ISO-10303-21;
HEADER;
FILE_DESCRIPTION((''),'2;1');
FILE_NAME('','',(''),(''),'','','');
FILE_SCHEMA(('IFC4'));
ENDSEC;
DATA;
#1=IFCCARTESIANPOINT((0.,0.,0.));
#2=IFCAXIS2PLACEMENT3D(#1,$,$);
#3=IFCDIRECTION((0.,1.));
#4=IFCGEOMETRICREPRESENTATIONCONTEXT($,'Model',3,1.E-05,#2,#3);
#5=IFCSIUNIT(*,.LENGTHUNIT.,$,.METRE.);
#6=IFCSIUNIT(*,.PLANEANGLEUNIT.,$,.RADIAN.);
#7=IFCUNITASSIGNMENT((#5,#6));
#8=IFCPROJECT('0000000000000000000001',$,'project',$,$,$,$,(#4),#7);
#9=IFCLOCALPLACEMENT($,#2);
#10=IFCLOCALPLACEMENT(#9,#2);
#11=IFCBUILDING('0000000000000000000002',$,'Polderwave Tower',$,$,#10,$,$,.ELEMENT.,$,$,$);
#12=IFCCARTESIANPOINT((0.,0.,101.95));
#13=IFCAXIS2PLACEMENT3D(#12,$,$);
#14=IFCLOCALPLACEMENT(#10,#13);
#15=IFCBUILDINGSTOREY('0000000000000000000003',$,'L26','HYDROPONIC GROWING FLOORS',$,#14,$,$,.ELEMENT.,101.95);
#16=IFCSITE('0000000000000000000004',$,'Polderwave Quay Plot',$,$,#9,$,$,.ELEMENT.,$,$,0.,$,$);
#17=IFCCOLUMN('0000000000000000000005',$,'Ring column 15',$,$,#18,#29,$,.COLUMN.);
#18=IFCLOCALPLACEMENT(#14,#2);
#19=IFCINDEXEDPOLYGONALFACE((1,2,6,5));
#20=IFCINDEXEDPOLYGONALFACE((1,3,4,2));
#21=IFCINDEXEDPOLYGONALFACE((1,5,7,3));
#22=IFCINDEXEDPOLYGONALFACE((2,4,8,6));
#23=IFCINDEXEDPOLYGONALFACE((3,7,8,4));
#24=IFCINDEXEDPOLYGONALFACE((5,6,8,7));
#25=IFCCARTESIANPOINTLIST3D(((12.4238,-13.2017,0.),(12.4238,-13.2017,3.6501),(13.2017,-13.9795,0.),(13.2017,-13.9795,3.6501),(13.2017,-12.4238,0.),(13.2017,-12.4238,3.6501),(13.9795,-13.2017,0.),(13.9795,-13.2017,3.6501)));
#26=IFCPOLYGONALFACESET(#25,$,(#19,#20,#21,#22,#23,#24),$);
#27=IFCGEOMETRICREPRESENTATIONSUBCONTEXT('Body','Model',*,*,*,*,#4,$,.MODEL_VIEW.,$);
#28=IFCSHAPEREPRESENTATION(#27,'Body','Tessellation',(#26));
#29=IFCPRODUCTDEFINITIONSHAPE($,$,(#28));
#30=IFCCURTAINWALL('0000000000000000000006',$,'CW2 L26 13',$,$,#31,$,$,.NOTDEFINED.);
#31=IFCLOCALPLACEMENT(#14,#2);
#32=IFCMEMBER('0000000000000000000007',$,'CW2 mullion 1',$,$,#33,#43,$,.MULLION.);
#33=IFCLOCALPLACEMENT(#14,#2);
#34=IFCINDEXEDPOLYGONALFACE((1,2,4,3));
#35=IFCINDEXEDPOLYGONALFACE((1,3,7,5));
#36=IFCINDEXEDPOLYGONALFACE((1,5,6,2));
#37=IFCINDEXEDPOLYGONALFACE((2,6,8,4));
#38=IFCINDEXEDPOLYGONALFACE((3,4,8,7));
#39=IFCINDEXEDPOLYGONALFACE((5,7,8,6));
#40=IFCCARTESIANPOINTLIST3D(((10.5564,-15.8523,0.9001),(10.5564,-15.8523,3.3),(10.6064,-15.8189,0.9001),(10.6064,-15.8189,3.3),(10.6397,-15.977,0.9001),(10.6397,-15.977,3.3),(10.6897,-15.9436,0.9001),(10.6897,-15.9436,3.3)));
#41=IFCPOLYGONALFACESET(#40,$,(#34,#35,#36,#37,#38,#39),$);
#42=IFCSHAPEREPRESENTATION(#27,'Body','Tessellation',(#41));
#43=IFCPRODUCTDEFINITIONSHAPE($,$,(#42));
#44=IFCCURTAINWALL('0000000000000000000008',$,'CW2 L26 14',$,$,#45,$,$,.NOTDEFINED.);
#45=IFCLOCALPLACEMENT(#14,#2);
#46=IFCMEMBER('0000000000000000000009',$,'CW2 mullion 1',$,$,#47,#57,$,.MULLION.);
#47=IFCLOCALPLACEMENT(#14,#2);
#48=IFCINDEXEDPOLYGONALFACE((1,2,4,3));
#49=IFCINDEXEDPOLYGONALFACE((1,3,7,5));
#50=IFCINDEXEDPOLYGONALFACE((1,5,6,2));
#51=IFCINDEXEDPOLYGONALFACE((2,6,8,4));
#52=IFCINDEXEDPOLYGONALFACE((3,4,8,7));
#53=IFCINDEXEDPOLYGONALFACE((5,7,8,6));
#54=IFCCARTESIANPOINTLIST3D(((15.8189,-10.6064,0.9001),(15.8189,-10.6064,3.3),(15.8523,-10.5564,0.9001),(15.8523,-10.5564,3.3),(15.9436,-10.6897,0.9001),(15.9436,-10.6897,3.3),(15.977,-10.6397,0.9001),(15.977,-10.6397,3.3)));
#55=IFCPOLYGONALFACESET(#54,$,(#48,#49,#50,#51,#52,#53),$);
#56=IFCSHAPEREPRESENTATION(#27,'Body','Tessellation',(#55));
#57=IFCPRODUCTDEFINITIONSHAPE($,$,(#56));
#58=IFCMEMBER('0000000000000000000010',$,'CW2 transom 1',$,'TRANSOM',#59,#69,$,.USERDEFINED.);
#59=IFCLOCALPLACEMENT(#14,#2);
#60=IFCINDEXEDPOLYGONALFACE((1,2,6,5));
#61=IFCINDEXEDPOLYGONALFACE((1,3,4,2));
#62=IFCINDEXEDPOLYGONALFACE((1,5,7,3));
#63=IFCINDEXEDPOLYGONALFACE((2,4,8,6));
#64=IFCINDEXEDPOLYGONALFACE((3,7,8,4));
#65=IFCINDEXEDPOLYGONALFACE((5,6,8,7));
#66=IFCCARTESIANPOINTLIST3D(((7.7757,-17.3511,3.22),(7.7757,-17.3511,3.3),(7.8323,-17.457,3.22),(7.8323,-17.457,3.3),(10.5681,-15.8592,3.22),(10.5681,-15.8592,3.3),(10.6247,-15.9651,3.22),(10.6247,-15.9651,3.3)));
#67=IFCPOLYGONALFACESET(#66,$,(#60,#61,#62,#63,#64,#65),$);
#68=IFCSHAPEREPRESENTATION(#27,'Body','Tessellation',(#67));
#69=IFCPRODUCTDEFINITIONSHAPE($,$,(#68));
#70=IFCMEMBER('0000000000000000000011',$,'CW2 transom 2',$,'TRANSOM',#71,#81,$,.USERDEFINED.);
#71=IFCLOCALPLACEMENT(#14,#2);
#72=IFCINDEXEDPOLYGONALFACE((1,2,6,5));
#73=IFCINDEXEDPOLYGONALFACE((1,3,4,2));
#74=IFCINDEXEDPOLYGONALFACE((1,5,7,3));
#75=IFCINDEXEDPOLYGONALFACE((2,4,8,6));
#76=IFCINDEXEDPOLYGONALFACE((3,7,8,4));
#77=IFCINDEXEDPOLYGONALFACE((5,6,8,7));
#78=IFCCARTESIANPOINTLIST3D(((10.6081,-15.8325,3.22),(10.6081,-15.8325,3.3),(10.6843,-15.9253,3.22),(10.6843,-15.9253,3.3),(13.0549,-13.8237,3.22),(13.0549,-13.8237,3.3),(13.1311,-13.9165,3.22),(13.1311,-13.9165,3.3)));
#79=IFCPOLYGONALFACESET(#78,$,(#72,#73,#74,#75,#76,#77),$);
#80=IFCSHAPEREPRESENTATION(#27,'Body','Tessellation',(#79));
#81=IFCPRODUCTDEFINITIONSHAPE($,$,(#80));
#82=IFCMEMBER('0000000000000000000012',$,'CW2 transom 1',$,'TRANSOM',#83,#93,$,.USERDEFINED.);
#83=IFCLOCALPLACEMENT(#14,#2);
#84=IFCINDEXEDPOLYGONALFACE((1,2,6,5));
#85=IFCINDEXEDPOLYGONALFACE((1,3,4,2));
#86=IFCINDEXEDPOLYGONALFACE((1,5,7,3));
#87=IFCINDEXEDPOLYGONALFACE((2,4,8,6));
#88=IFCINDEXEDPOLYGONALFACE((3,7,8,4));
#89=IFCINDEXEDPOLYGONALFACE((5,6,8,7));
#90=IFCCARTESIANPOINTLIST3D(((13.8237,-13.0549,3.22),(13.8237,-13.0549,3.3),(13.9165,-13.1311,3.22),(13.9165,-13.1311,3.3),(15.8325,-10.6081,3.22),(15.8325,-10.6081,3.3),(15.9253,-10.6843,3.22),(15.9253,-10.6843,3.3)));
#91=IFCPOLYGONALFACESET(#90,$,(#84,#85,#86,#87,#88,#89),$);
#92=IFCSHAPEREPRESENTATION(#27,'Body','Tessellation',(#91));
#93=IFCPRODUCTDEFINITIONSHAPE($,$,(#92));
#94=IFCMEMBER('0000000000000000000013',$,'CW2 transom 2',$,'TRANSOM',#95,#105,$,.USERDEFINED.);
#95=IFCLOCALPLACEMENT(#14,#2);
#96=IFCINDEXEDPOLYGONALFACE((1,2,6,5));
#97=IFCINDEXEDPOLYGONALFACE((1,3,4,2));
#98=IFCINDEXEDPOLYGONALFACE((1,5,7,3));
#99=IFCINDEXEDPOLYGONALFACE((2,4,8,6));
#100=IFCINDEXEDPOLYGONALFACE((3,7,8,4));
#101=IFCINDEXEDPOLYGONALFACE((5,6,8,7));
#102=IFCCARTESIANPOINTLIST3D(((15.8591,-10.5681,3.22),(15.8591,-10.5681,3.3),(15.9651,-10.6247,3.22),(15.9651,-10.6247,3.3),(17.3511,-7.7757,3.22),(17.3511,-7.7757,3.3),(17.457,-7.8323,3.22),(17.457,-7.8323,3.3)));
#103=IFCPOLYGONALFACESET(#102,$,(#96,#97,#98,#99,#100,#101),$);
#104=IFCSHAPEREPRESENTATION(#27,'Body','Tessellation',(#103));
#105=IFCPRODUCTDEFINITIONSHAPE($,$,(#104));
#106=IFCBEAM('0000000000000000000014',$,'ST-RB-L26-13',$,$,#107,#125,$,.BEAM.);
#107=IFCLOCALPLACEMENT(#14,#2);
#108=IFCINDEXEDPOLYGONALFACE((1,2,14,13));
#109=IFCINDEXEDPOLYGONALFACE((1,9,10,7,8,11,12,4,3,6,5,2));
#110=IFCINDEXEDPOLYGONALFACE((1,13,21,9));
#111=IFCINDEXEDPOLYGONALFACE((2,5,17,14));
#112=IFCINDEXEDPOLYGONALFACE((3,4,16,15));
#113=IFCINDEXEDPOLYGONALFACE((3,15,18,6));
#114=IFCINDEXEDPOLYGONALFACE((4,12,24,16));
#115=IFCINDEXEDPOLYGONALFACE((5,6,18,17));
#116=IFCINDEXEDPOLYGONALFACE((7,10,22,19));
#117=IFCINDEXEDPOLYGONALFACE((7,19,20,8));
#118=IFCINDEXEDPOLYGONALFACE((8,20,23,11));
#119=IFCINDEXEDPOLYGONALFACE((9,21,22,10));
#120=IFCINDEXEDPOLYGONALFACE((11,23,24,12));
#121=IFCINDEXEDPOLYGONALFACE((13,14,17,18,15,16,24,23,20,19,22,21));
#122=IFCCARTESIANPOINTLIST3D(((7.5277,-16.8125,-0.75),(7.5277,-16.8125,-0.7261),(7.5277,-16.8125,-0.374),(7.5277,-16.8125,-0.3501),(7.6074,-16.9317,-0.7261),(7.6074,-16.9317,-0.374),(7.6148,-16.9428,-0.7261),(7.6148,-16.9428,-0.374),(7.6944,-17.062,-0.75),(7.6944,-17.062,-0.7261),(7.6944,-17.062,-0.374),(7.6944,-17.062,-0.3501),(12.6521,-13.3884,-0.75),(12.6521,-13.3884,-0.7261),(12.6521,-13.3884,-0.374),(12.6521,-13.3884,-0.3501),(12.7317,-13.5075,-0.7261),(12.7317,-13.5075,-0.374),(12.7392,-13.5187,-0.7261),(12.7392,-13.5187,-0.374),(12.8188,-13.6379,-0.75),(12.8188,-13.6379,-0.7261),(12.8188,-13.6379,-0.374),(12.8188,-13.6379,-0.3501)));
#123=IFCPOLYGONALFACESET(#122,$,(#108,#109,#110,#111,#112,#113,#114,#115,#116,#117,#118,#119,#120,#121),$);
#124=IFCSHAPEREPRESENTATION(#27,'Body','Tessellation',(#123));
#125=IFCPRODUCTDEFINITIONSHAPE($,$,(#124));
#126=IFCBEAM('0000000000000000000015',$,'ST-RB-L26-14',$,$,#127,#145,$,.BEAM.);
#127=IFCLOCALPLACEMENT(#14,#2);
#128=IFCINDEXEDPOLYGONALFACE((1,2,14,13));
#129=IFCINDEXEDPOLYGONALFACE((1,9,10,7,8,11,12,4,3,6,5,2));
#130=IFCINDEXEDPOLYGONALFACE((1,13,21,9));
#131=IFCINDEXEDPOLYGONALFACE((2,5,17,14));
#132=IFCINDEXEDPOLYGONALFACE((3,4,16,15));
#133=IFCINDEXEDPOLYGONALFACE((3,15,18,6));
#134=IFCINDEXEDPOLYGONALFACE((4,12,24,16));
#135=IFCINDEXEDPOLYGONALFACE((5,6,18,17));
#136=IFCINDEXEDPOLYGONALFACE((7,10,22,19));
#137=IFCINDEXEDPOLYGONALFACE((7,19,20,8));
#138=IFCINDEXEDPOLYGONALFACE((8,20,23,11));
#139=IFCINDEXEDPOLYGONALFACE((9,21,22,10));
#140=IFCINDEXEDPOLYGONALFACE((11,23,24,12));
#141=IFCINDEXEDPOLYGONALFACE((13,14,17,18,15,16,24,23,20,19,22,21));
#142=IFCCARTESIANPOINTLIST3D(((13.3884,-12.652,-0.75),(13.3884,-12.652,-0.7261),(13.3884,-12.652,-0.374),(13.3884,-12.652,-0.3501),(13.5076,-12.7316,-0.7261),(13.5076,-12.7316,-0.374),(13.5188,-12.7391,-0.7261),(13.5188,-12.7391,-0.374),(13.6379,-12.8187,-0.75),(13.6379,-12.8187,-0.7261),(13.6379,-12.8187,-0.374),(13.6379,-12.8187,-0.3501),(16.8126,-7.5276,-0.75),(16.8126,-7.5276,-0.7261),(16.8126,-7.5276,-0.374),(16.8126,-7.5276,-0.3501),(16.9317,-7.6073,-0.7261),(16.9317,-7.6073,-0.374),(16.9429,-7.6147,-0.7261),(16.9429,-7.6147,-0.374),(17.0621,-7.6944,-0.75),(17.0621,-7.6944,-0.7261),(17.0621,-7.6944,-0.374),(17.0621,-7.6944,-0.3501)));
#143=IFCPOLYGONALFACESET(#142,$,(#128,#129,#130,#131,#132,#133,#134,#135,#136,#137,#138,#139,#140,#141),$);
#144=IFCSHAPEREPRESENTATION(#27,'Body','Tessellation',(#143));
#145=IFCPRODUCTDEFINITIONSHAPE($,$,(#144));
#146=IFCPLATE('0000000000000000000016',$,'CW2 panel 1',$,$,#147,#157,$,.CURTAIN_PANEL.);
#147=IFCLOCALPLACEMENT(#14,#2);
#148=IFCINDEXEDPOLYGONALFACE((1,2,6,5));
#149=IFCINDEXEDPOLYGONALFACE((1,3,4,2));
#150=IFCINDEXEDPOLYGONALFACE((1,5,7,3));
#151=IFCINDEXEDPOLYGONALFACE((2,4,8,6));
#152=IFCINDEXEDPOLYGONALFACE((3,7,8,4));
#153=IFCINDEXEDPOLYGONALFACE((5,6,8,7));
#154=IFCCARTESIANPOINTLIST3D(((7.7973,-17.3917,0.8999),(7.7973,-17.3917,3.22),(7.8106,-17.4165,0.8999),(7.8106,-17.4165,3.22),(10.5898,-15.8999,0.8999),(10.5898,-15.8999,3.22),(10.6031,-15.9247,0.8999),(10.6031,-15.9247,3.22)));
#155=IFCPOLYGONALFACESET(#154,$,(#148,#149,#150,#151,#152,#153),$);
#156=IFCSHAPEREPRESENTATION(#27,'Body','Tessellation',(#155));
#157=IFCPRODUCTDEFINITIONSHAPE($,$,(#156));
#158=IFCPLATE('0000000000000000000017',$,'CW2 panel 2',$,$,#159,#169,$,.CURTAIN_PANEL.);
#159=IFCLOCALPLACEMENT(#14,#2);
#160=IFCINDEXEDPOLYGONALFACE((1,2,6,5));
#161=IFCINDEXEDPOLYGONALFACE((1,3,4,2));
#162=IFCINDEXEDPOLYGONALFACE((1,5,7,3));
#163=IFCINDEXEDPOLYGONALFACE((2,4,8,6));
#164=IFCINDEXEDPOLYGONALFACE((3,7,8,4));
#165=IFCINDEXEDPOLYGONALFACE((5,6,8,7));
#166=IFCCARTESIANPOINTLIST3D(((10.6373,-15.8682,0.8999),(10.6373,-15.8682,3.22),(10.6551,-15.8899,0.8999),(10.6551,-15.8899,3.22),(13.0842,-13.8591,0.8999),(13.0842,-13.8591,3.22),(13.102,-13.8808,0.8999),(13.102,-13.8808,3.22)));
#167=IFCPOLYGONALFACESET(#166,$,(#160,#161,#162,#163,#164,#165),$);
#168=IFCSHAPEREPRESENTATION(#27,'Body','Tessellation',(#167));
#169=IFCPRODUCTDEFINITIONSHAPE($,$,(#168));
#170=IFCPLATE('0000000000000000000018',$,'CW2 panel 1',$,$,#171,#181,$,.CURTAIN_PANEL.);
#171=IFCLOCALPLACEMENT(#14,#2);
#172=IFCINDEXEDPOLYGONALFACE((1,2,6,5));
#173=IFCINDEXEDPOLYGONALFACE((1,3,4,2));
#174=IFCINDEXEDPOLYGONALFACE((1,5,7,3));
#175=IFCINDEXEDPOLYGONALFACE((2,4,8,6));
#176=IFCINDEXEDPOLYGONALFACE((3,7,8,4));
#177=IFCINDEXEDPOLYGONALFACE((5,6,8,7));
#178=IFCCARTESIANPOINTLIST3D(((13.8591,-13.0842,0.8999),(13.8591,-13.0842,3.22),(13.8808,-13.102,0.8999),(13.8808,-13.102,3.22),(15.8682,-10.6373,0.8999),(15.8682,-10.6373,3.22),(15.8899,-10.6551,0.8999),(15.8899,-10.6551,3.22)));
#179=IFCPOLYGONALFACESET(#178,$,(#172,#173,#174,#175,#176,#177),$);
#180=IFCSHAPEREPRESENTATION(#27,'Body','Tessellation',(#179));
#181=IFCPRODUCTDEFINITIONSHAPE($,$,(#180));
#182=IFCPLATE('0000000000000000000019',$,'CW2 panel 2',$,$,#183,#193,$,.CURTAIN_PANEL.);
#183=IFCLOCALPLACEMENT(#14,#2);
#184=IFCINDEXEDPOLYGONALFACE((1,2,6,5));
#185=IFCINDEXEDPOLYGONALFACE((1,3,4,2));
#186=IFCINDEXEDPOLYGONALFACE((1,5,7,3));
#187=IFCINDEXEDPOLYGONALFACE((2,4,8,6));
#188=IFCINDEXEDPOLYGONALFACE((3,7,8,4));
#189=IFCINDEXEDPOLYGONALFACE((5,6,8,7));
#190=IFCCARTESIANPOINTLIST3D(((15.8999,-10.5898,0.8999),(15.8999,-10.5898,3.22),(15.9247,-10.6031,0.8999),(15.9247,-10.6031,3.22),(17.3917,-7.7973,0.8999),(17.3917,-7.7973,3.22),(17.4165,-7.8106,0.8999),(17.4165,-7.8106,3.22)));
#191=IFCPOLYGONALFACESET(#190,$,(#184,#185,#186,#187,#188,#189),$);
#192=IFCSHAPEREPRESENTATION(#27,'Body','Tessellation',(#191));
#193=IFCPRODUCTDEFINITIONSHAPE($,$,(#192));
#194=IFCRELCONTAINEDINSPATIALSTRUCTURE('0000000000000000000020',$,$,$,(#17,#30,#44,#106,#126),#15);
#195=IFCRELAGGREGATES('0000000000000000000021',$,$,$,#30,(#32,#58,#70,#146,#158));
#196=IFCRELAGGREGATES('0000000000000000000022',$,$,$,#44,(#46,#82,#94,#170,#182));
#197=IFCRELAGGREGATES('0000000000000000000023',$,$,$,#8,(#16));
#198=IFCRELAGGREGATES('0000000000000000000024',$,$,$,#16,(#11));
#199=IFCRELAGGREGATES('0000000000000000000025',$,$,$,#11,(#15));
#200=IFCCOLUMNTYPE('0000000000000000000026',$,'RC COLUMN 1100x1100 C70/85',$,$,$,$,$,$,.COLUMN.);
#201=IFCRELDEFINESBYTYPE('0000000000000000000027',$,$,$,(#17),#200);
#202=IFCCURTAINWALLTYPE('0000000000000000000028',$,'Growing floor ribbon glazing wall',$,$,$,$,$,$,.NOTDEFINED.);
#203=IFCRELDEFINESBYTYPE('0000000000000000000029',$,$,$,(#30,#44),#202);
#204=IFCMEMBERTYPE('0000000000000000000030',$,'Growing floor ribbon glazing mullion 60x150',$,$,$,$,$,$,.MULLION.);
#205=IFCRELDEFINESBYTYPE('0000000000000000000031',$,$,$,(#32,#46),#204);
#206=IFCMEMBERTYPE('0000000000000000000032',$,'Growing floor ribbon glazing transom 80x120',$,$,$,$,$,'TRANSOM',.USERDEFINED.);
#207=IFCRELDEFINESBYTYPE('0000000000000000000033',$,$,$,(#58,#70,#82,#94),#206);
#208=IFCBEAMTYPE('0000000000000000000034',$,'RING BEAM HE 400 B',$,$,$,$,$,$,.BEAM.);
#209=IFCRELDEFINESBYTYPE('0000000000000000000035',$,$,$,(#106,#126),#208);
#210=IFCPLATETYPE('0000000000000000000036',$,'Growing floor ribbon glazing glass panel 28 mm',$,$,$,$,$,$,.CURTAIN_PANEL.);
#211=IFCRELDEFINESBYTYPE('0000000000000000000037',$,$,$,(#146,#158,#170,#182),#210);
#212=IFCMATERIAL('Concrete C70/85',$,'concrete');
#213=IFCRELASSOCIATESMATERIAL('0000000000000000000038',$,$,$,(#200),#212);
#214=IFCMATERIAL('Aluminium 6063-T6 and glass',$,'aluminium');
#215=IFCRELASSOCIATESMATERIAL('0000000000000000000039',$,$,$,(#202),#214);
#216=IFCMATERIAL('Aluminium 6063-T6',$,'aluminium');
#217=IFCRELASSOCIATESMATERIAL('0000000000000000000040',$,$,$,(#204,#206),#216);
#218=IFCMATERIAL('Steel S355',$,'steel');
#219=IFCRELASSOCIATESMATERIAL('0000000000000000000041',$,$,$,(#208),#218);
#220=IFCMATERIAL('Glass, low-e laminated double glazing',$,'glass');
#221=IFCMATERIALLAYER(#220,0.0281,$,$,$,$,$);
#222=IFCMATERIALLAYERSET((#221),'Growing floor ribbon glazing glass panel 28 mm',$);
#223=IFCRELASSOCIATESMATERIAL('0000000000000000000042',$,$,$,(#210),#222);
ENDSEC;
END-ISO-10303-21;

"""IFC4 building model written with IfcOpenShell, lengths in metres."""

from ifc_helpers import new_model, si_unit, direction, frame, origin, origin_2d, place, context, subcontext, project, spatial, rectangle, i_section, extrude, material, layer, layer_set, material_profile, profile_set, type_object, element, aggregate, save


model = new_model("IFC4")

# Units and contexts
model_context = context("Model", 3, precision=1e-05, world=origin(), true_north=direction((0.0, 1.0)))
body_context = subcontext(model_context, "Body", "Model", "MODEL_VIEW")
ifc_project = project(units=[si_unit("LENGTHUNIT", "METRE"), si_unit("PLANEANGLEUNIT", "RADIAN")], contexts=[model_context])

# Site, building, storey
site_placement = place(None, origin())
site = spatial("IfcSite", under=ifc_project, at=site_placement, Name="Polderwave Quay Plot", CompositionType="ELEMENT", RefElevation=0.0)
building_placement = place(site_placement, origin())
building = spatial("IfcBuilding", under=site, at=building_placement, Name="Polderwave Tower", CompositionType="ELEMENT")
storey_placement = place(building_placement, frame((0.0, 0.0, 101.95)))
storey = spatial("IfcBuildingStorey", under=building, at=storey_placement, Name="L26", Description="HYDROPONIC GROWING FLOORS", CompositionType="ELEMENT", Elevation=101.95)

# Column
ifc_material_1 = material(Name="Concrete C70/85", Category="concrete")
ifc_material_profile_1 = material_profile(ifc_material_1, rectangle(XDim=1.1001, YDim=1.1001, at=origin_2d()), Name="RC 1100x1100")
ifc_profile_set_1 = profile_set([ifc_material_profile_1], Name="Concrete C70/85")
column_type = type_object("IfcColumnType", Name="RC COLUMN 1100x1100 C70/85", PredefinedType="COLUMN", material=ifc_profile_set_1)
column_placement = place(storey_placement, frame((13.2017, -13.2017, 0.0), z_axis=(0.0, 0.0, 1.0), x_axis=(0.707107, -0.707107, 0.0)))
element("IfcColumn", 1, at=column_placement, inside=storey, type_object=column_type, Name="Ring column 15", PredefinedType="COLUMN", context=body_context, shape_type="SweptSolid", body=[
    extrude(rectangle(XDim=1.1001, YDim=1.1001, at=origin_2d()), origin(), (0.0, 0.0, 1.0), 3.6501),
])

# Curtain walls, members
ifc_material_2 = material(Name="Aluminium 6063-T6 and glass", Category="aluminium")
curtain_wall_type = type_object("IfcCurtainWallType", Name="Growing floor ribbon glazing wall", PredefinedType="NOTDEFINED", material=ifc_material_2)
curtain_wall_1_placement = place(storey_placement, origin())
curtain_wall_1 = element("IfcCurtainWall", 2, at=curtain_wall_1_placement, inside=storey, type_object=curtain_wall_type, Name="CW2 L26 13", PredefinedType="NOTDEFINED")
ifc_material_3 = material(Name="Aluminium 6063-T6", Category="aluminium")
ifc_material_profile_2 = material_profile(ifc_material_3, rectangle(XDim=0.1499, YDim=0.0601, at=origin_2d()), Name="AL 60x150")
ifc_profile_set_2 = profile_set([ifc_material_profile_2], Name="Aluminium 6063-T6")
member_type_1 = type_object("IfcMemberType", Name="Growing floor ribbon glazing mullion 60x150", PredefinedType="MULLION", material=ifc_profile_set_2)
member_1_placement = place(storey_placement, frame((10.623, -15.8979, 0.9001), z_axis=(0.0, 0.0, 1.0), x_axis=(-0.555573, 0.831468, 0.0)))
member_1 = element("IfcMember", 3, at=member_1_placement, type_object=member_type_1, Name="CW2 mullion 1", PredefinedType="MULLION", context=body_context, shape_type="SweptSolid", body=[
    extrude(rectangle(XDim=0.1499, YDim=0.0601, at=origin_2d()), origin(), (0.0, 0.0, 1.0), 2.3999),
])
curtain_wall_2_placement = place(storey_placement, origin())
curtain_wall_2 = element("IfcCurtainWall", 4, at=curtain_wall_2_placement, inside=storey, type_object=curtain_wall_type, Name="CW2 L26 14", PredefinedType="NOTDEFINED")
member_2_placement = place(storey_placement, frame((15.8979, -10.623, 0.9001), z_axis=(0.0, 0.0, 1.0), x_axis=(-0.831468, 0.555573, 0.0)))
member_2 = element("IfcMember", 5, at=member_2_placement, type_object=member_type_1, Name="CW2 mullion 1", PredefinedType="MULLION", context=body_context, shape_type="SweptSolid", body=[
    extrude(rectangle(XDim=0.1499, YDim=0.0601, at=origin_2d()), origin(), (0.0, 0.0, 1.0), 2.3999),
])

# Members
ifc_material_profile_3 = material_profile(ifc_material_3, rectangle(XDim=0.1201, YDim=0.0801, at=origin_2d()), Name="AL 80x120")
ifc_profile_set_3 = profile_set([ifc_material_profile_3], Name="Aluminium 6063-T6")
member_type_2 = type_object("IfcMemberType", Name="Growing floor ribbon glazing transom 80x120", ElementType="TRANSOM", PredefinedType="USERDEFINED", material=ifc_profile_set_3)
member_3_placement = place(storey_placement, frame((7.804, -17.4041, 3.26), z_axis=(0.882009, 0.471232, 0.0), x_axis=(-0.471232, 0.882009, 0.0)))
member_3 = element("IfcMember", 6, at=member_3_placement, type_object=member_type_2, Name="CW2 transom 1", ObjectType="TRANSOM", PredefinedType="USERDEFINED", context=body_context, shape_type="SweptSolid", body=[
    extrude(rectangle(XDim=0.1201, YDim=0.0801, at=origin_2d()), origin(), (0.0, 0.0, 1.0), 3.166),
])
member_4_placement = place(storey_placement, frame((10.6462, -15.8789, 3.26), z_axis=(0.772891, 0.634539, 0.0), x_axis=(-0.634539, 0.772891, 0.0)))
member_4 = element("IfcMember", 7, at=member_4_placement, type_object=member_type_2, Name="CW2 transom 2", ObjectType="TRANSOM", PredefinedType="USERDEFINED", context=body_context, shape_type="SweptSolid", body=[
    extrude(rectangle(XDim=0.1201, YDim=0.0801, at=origin_2d()), origin(), (0.0, 0.0, 1.0), 3.1658),
])
member_5_placement = place(storey_placement, frame((13.8701, -13.093, 3.26), z_axis=(0.634539, 0.772891, 0.0), x_axis=(-0.772891, 0.634539, 0.0)))
member_5 = element("IfcMember", 8, at=member_5_placement, type_object=member_type_2, Name="CW2 transom 1", ObjectType="TRANSOM", PredefinedType="USERDEFINED", context=body_context, shape_type="SweptSolid", body=[
    extrude(rectangle(XDim=0.1201, YDim=0.0801, at=origin_2d()), origin(), (0.0, 0.0, 1.0), 3.1658),
])
member_6_placement = place(storey_placement, frame((15.9121, -10.5964, 3.26), z_axis=(0.471232, 0.882009, 0.0), x_axis=(-0.882009, 0.471232, 0.0)))
member_6 = element("IfcMember", 9, at=member_6_placement, type_object=member_type_2, Name="CW2 transom 2", ObjectType="TRANSOM", PredefinedType="USERDEFINED", context=body_context, shape_type="SweptSolid", body=[
    extrude(rectangle(XDim=0.1201, YDim=0.0801, at=origin_2d()), origin(), (0.0, 0.0, 1.0), 3.166),
])

# Beams
ifc_material_4 = material(Name="Steel S355", Category="steel")
ifc_material_profile_4 = material_profile(ifc_material_4, i_section(OverallWidth=0.3, OverallDepth=0.3999, WebThickness=0.0134, FlangeThickness=0.0239, at=origin_2d()), Name="HE 400 B")
ifc_profile_set_4 = profile_set([ifc_material_profile_4], Name="Steel S355")
beam_type = type_object("IfcBeamType", Name="RING BEAM HE 400 B", PredefinedType="BEAM", material=ifc_profile_set_4)
for number, where, z_axis, x_axis, name in (
    (10, (7.6111, -16.9373, -0.55), (0.831459, 0.555587, 0.0), (-0.555587, 0.831459, 0.0), "ST-RB-L26-13"),
    (11, (13.5132, -12.7354, -0.55), (0.555587, 0.831459, 0.0), (-0.831459, 0.555587, 0.0), "ST-RB-L26-14"),
):
    element("IfcBeam", number, at=place(storey_placement, frame(where, z_axis=z_axis, x_axis=x_axis)), inside=storey, type_object=beam_type, Name=name, PredefinedType="BEAM", context=body_context, shape_type="SweptSolid", body=[
        extrude(i_section(OverallWidth=0.3, OverallDepth=0.3999, WebThickness=0.0134, FlangeThickness=0.0239, at=origin_2d()), origin(), (0.0, 0.0, 1.0), 6.1631),
    ])

# Plates
ifc_material_5 = material(Name="Glass, low-e laminated double glazing", Category="glass")
ifc_layer_1 = layer(ifc_material_5, 0.0281)
ifc_layer_set_1 = layer_set([ifc_layer_1], Name="Growing floor ribbon glazing glass panel 28 mm")
plate_type = type_object("IfcPlateType", Name="Growing floor ribbon glazing glass panel 28 mm", PredefinedType="CURTAIN_PANEL", material=ifc_layer_set_1)
plate_1_placement = place(storey_placement, frame((9.2002, -16.6582, 0.8999), z_axis=(0.0, 0.0, 1.0), x_axis=(0.882023, 0.471206, 0.0)))
plate_1 = element("IfcPlate", 12, at=plate_1_placement, type_object=plate_type, Name="CW2 panel 1", PredefinedType="CURTAIN_PANEL", context=body_context, shape_type="SweptSolid", body=[
    extrude(rectangle(XDim=3.166, YDim=0.0281, at=origin_2d()), origin(), (0.0, 0.0, 1.0), 2.3201),
])
plate_2_placement = place(storey_placement, frame((11.8696, -14.8745, 0.8999), z_axis=(0.0, 0.0, 1.0), x_axis=(0.772869, 0.634566, 0.0)))
plate_2 = element("IfcPlate", 13, at=plate_2_placement, type_object=plate_type, Name="CW2 panel 2", PredefinedType="CURTAIN_PANEL", context=body_context, shape_type="SweptSolid", body=[
    extrude(rectangle(XDim=3.166, YDim=0.0281, at=origin_2d()), origin(), (0.0, 0.0, 1.0), 2.3201),
])
aggregate(curtain_wall_1, [member_1, member_3, member_4, plate_1, plate_2])
plate_3_placement = place(storey_placement, frame((14.8745, -11.8696, 0.8999), z_axis=(0.0, 0.0, 1.0), x_axis=(0.634566, 0.772869, 0.0)))
plate_3 = element("IfcPlate", 14, at=plate_3_placement, type_object=plate_type, Name="CW2 panel 1", PredefinedType="CURTAIN_PANEL", context=body_context, shape_type="SweptSolid", body=[
    extrude(rectangle(XDim=3.166, YDim=0.0281, at=origin_2d()), origin(), (0.0, 0.0, 1.0), 2.3201),
])
plate_4_placement = place(storey_placement, frame((16.6582, -9.2002, 0.8999), z_axis=(0.0, 0.0, 1.0), x_axis=(0.471206, 0.882023, 0.0)))
plate_4 = element("IfcPlate", 15, at=plate_4_placement, type_object=plate_type, Name="CW2 panel 2", PredefinedType="CURTAIN_PANEL", context=body_context, shape_type="SweptSolid", body=[
    extrude(rectangle(XDim=3.166, YDim=0.0281, at=origin_2d()), origin(), (0.0, 0.0, 1.0), 2.3201),
])
aggregate(curtain_wall_2, [member_2, member_5, member_6, plate_3, plate_4])

save(model, "model.ifc")
